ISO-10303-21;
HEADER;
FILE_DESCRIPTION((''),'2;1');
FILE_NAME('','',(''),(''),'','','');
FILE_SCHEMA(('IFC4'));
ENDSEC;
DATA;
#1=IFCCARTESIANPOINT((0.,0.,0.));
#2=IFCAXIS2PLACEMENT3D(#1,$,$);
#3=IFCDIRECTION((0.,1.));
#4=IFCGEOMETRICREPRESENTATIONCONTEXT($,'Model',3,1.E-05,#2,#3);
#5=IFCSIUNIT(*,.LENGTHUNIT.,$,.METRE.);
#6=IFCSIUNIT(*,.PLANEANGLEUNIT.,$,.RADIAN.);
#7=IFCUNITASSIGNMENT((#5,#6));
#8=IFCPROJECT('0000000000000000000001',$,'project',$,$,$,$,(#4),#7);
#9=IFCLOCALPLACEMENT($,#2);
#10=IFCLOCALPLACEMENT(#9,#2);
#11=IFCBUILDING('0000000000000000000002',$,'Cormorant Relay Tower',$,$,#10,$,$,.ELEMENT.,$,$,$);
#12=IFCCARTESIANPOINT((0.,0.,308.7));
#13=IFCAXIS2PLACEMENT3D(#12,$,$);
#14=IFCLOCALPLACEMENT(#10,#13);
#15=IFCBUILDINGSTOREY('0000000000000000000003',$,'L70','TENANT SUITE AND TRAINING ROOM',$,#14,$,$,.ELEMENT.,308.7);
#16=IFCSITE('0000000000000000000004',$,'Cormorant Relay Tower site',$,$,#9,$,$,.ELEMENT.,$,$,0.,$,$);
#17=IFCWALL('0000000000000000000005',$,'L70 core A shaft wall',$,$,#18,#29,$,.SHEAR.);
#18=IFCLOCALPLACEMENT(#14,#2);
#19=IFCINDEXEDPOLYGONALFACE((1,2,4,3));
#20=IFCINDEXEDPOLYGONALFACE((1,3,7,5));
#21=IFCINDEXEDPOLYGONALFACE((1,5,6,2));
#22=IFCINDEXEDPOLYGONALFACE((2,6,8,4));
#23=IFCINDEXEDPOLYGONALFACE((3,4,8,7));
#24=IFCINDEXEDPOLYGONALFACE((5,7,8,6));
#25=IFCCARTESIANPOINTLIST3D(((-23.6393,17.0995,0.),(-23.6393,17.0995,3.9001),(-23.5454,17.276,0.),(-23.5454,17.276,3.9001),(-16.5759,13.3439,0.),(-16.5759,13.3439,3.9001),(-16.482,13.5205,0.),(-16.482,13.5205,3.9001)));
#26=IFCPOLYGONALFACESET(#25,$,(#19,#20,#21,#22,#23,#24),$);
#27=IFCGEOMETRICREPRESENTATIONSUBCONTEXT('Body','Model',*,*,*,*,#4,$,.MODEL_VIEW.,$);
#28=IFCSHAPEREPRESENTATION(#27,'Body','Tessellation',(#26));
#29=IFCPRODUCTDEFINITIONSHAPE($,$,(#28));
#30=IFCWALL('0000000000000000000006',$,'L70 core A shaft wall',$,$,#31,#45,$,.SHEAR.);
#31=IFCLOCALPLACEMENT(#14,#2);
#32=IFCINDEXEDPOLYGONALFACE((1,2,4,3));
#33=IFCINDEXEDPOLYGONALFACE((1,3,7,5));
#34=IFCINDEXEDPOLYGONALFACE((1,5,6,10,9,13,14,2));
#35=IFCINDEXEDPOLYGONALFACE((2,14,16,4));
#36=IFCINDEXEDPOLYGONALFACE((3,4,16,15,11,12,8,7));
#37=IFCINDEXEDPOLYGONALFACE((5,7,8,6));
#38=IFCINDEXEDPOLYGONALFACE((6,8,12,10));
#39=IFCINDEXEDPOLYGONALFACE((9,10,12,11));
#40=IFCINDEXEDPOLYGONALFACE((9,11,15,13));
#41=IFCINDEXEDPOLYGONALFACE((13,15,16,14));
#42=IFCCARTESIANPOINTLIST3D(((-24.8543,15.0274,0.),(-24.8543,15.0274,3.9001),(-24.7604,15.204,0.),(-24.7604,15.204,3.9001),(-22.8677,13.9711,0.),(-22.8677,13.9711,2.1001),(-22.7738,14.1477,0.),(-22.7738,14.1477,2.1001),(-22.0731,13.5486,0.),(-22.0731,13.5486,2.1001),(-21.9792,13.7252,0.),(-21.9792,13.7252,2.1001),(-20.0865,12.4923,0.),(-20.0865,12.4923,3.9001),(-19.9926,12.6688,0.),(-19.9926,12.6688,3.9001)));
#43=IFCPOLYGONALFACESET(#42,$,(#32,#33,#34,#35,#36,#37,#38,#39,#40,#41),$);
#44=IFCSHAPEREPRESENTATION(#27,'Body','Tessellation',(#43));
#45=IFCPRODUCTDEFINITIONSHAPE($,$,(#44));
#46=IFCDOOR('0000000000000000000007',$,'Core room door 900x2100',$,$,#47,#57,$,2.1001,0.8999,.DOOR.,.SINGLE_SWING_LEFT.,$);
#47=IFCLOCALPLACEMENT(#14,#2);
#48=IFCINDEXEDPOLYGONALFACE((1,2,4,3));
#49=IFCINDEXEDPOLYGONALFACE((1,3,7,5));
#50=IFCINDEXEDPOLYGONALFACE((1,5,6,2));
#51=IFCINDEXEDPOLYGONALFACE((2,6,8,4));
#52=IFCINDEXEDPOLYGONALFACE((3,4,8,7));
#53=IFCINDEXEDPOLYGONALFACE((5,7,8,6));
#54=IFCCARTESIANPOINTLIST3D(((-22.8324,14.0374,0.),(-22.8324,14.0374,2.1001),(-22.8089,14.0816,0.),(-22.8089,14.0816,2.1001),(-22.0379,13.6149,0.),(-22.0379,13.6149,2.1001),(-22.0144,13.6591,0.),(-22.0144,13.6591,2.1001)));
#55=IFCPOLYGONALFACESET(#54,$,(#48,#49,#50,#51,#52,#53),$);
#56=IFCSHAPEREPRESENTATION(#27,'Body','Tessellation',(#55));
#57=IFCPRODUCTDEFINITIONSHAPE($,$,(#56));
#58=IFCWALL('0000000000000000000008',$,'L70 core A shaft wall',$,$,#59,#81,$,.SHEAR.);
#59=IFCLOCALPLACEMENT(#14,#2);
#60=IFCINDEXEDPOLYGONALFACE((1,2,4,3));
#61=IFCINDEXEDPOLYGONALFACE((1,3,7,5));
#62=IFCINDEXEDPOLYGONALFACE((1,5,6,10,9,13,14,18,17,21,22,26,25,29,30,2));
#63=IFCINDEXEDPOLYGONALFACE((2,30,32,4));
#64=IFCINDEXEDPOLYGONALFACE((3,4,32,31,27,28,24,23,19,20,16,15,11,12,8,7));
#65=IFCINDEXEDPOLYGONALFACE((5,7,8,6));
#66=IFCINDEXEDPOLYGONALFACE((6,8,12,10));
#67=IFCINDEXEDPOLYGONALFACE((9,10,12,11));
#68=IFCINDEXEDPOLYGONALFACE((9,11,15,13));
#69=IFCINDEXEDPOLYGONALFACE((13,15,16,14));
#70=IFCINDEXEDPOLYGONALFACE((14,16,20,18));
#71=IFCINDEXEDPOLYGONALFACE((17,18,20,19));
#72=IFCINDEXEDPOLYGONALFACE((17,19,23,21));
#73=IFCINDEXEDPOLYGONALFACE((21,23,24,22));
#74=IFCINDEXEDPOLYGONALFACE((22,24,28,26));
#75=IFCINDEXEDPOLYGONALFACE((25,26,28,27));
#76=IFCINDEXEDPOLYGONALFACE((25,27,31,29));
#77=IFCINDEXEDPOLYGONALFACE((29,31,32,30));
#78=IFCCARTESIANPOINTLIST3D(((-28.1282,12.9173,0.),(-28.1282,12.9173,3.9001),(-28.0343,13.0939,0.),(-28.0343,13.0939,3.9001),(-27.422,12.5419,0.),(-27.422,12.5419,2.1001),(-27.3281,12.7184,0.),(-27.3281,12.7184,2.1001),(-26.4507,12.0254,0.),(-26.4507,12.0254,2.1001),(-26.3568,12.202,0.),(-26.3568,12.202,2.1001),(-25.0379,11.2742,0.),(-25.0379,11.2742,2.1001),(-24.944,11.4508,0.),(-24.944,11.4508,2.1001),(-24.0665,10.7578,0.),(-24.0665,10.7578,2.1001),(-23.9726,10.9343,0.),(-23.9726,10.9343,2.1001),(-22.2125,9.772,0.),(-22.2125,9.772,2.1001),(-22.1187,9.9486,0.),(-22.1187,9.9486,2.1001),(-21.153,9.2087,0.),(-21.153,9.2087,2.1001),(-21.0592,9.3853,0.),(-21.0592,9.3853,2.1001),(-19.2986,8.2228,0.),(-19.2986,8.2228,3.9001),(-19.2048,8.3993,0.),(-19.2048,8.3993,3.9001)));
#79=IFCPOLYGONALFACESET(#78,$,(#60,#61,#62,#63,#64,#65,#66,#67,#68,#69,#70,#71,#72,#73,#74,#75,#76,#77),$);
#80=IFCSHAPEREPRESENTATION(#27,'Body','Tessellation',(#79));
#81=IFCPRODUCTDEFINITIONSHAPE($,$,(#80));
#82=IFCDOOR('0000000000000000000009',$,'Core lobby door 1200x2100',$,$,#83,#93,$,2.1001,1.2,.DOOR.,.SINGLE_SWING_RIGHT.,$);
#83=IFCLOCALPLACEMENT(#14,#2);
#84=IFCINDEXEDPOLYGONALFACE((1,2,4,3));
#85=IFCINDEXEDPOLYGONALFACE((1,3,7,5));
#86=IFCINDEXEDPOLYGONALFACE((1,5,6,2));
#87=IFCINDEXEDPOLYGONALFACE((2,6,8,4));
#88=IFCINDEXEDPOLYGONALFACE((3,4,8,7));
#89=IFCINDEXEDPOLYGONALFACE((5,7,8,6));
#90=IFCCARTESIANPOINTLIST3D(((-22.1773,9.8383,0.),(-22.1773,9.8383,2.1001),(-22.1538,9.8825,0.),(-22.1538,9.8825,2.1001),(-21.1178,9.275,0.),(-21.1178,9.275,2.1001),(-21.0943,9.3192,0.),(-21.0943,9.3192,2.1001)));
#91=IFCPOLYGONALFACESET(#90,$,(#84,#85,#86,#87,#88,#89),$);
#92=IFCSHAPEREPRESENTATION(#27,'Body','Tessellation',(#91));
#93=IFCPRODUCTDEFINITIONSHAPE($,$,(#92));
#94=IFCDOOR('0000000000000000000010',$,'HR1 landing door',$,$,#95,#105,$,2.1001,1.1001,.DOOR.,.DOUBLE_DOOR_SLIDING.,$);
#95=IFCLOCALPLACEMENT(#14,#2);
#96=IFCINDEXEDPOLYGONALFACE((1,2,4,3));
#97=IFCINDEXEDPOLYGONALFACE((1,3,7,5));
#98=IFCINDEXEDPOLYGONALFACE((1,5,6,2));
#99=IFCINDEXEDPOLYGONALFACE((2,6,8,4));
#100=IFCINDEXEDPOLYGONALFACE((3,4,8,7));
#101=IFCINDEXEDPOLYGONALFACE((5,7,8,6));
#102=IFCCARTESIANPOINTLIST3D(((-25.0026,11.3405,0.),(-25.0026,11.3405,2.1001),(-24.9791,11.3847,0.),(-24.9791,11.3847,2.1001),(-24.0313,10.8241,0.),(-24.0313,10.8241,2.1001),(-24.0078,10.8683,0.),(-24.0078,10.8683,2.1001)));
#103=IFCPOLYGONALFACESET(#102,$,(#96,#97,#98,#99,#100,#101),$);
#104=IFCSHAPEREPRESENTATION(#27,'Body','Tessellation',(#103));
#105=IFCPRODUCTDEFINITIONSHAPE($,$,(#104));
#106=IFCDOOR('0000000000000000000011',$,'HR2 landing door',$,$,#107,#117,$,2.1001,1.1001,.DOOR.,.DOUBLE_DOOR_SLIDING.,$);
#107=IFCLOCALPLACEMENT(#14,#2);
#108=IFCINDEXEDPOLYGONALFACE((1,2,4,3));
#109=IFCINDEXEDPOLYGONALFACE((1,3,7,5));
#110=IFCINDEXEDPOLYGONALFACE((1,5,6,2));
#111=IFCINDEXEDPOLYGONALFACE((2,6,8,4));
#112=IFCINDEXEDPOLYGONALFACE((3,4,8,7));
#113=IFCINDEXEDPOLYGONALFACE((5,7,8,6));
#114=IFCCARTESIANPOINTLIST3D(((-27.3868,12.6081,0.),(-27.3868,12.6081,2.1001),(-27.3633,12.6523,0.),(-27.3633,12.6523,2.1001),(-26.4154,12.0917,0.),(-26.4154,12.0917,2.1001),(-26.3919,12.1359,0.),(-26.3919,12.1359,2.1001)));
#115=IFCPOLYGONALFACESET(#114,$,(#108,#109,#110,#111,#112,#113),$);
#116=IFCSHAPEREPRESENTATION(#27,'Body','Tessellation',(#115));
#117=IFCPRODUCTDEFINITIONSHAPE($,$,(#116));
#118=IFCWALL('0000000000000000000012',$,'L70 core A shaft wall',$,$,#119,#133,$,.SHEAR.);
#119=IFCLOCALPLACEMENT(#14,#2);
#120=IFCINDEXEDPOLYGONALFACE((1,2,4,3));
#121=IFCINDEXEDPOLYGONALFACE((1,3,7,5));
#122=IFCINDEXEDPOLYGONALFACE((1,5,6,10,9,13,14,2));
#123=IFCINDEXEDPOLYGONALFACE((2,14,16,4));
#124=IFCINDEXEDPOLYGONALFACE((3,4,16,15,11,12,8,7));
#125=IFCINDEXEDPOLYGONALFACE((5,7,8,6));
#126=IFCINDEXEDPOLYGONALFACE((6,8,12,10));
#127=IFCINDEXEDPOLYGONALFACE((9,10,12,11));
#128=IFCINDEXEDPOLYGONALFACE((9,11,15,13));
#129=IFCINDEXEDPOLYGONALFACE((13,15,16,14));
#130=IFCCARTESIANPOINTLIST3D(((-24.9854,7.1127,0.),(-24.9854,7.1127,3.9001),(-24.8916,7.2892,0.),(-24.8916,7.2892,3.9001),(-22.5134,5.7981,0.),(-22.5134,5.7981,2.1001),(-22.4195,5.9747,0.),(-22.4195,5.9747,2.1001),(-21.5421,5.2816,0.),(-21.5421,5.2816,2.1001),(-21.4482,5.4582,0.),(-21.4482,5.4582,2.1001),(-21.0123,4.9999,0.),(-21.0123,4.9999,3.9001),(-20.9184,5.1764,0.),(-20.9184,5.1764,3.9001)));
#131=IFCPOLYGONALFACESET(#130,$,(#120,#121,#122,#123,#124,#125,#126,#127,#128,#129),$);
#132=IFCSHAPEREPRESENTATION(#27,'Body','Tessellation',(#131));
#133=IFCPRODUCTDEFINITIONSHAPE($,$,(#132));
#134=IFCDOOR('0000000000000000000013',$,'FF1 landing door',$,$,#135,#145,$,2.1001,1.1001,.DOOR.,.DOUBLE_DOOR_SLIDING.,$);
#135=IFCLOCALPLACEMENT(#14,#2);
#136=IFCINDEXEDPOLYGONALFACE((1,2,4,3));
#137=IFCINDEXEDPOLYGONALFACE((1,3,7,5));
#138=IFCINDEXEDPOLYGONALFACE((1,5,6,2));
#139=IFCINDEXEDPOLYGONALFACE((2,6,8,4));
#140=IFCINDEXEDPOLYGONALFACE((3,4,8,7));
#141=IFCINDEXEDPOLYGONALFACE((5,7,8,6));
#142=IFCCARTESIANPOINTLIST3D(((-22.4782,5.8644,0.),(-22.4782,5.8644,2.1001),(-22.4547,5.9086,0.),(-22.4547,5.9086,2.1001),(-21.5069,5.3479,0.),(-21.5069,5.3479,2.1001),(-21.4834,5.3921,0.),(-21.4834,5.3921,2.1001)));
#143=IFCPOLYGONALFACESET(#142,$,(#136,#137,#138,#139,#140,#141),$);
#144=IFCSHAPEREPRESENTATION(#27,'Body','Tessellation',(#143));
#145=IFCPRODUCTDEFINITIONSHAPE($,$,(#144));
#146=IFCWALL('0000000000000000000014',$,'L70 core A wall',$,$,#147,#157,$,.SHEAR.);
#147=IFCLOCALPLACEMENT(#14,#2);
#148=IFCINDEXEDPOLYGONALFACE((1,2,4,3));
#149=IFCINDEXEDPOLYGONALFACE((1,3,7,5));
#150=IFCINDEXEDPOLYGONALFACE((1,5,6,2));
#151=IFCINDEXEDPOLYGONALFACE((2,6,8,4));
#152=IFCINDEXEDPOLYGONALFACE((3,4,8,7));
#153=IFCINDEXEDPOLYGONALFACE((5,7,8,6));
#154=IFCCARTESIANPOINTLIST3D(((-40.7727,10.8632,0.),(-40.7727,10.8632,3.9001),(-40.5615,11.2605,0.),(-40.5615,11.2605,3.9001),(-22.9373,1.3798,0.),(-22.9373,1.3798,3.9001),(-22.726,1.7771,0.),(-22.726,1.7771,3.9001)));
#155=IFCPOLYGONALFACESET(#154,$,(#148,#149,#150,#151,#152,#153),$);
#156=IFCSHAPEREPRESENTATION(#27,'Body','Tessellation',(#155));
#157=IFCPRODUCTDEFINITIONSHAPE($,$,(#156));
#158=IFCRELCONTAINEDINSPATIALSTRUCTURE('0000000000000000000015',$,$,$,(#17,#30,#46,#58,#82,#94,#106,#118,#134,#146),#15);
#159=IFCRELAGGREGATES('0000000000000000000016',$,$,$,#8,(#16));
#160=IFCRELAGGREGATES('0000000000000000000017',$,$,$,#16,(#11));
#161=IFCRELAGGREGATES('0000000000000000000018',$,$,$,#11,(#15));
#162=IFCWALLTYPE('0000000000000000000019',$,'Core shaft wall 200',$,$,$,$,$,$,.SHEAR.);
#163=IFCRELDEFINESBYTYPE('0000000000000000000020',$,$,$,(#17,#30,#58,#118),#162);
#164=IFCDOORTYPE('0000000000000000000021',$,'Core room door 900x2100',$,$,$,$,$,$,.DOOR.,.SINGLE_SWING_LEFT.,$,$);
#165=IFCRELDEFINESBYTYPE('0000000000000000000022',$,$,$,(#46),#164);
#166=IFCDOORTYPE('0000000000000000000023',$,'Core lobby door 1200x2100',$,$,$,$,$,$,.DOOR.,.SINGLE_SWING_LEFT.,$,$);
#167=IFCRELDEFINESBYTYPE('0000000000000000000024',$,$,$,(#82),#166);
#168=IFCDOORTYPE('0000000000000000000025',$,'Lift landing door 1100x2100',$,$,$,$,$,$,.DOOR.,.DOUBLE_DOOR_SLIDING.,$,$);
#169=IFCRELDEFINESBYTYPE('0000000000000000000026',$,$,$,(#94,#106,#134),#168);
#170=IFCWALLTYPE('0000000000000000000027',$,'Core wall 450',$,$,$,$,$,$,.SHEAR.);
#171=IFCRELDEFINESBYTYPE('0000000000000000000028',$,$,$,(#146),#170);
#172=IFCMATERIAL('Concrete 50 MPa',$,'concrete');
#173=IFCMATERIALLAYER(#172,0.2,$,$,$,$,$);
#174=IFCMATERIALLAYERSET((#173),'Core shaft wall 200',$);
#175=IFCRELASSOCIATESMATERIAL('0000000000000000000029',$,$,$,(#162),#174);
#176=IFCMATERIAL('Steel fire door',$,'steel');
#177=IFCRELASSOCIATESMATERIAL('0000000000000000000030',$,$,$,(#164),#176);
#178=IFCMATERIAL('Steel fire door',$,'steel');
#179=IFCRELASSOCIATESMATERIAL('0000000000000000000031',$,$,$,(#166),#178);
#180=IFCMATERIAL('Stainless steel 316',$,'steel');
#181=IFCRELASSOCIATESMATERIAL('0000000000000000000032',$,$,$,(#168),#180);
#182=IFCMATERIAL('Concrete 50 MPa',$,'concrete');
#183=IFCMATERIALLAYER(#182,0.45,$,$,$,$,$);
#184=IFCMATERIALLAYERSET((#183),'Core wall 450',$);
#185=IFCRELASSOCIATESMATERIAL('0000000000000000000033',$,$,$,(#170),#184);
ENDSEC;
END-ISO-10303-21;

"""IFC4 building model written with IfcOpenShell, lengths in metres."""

from ifc_helpers import new_model, si_unit, direction, frame, frame_2d, origin, place, context, subcontext, project, spatial, rectangle, extrude, material, layer, layer_set, type_object, element, fill, save


model = new_model("IFC4")

# Units and contexts
model_context = context("Model", 3, precision=1e-05, world=origin(), true_north=direction((0.0, 1.0)))
body_context = subcontext(model_context, "Body", "Model", "MODEL_VIEW")
ifc_project = project(units=[si_unit("LENGTHUNIT", "METRE"), si_unit("PLANEANGLEUNIT", "RADIAN")], contexts=[model_context])

# Site, building, storey
site_placement = place(None, origin())
site = spatial("IfcSite", under=ifc_project, at=site_placement, Name="Cormorant Relay Tower site", CompositionType="ELEMENT", RefElevation=0.0)
building_placement = place(site_placement, origin())
building = spatial("IfcBuilding", under=site, at=building_placement, Name="Cormorant Relay Tower", CompositionType="ELEMENT")
storey_placement = place(building_placement, frame((0.0, 0.0, 308.7)))
storey = spatial("IfcBuildingStorey", under=building, at=storey_placement, Name="L70", Description="TENANT SUITE AND TRAINING ROOM", CompositionType="ELEMENT", Elevation=308.7)

# Wall
ifc_material_1 = material(Name="Concrete 50 MPa", Category="concrete")
ifc_layer_1 = layer(ifc_material_1, 0.2)
ifc_layer_set_1 = layer_set([ifc_layer_1], Name="Core shaft wall 200")
wall_type_1 = type_object("IfcWallType", Name="Core shaft wall 200", PredefinedType="SHEAR", material=ifc_layer_set_1)
wall_1_placement = place(storey_placement, frame((-16.5288, 13.4321, 0.0), z_axis=(0.0, 0.0, 1.0), x_axis=(-0.882953, 0.469462, 0.0)))
element("IfcWall", 1, at=wall_1_placement, inside=storey, type_object=wall_type_1, Name="L70 core A shaft wall", PredefinedType="SHEAR", context=body_context, shape_type="SweptSolid", body=[
    extrude(rectangle(XDim=7.9998, YDim=0.2, at=frame_2d((4.0, 0.0))), origin(), (0.0, 0.0, 1.0), 3.9001),
])

# Wall, opening, door
wall_2_placement = place(storey_placement, frame((-20.0396, 12.5806, 0.0), z_axis=(0.0, 0.0, 1.0), x_axis=(-0.882943, 0.46948, 0.0)))
wall_2 = element("IfcWall", 2, at=wall_2_placement, inside=storey, type_object=wall_type_1, Name="L70 core A shaft wall", PredefinedType="SHEAR", context=body_context, shape_type="SweptSolid", body=[
    extrude(rectangle(XDim=5.3999, YDim=0.2, at=frame_2d((2.7, 0.0))), origin(), (0.0, 0.0, 1.0), 3.9001),
])
opening_1_placement = place(wall_2_placement, frame((2.25, 0.0, 0.0)))
opening_1 = element("IfcOpeningElement", 3, at=opening_1_placement, cuts=wall_2, PredefinedType="OPENING", context=body_context, shape_type="SweptSolid", body=[
    extrude(rectangle(XDim=0.8999, YDim=2.1001, at=frame_2d((0.45, 1.05))), frame((0.0, 0.1099, 0.0), z_axis=(0.0, -1.0, 0.0), x_axis=(1.0, 0.0, 0.0)), (0.0, 0.0, 1.0), 0.22),
])
ifc_material_2 = material(Name="Steel fire door", Category="steel")
door_type_1 = type_object("IfcDoorType", Name="Core room door 900x2100", OperationType="SINGLE_SWING_LEFT", PredefinedType="DOOR", material=ifc_material_2)
door_1_placement = place(opening_1_placement, origin())
door_1 = element("IfcDoor", 4, at=door_1_placement, inside=storey, type_object=door_type_1, Name="Core room door 900x2100", OperationType="SINGLE_SWING_LEFT", OverallHeight=2.1001, OverallWidth=0.8999, PredefinedType="DOOR", context=body_context, shape_type="SweptSolid", body=[
    extrude(rectangle(XDim=0.8999, YDim=2.1001, at=frame_2d((0.45, 1.05))), frame((0.0, 0.0249, 0.0), z_axis=(0.0, -1.0, 0.0), x_axis=(1.0, 0.0, 0.0)), (0.0, 0.0, 1.0), 0.05),
])
fill(opening_1, door_1)

# Wall, openings, doors
wall_3_placement = place(storey_placement, frame((-19.2517, 8.311, 0.0), z_axis=(0.0, 0.0, 1.0), x_axis=(-0.882956, 0.469456, 0.0)))
wall_3 = element("IfcWall", 5, at=wall_3_placement, inside=storey, type_object=wall_type_1, Name="L70 core A shaft wall", PredefinedType="SHEAR", context=body_context, shape_type="SweptSolid", body=[
    extrude(rectangle(XDim=10.0, YDim=0.2, at=frame_2d((5.0, 0.0))), origin(), (0.0, 0.0, 1.0), 3.9001),
])
opening_2_placement = place(wall_3_placement, frame((2.1001, 0.0, 0.0)))
opening_2 = element("IfcOpeningElement", 6, at=opening_2_placement, cuts=wall_3, PredefinedType="OPENING", context=body_context, shape_type="SweptSolid", body=[
    extrude(rectangle(XDim=1.2, YDim=2.1001, at=frame_2d((0.6001, 1.05))), frame((0.0, 0.1099, 0.0), z_axis=(0.0, -1.0, 0.0), x_axis=(1.0, 0.0, 0.0)), (0.0, 0.0, 1.0), 0.22),
])
opening_3_placement = place(wall_3_placement, frame((5.3999, 0.0, 0.0)))
opening_3 = element("IfcOpeningElement", 7, at=opening_3_placement, cuts=wall_3, PredefinedType="OPENING", context=body_context, shape_type="SweptSolid", body=[
    extrude(rectangle(XDim=1.1001, YDim=2.1001, at=frame_2d((0.55, 1.05))), frame((0.0, 0.1099, 0.0), z_axis=(0.0, -1.0, 0.0), x_axis=(1.0, 0.0, 0.0)), (0.0, 0.0, 1.0), 0.22),
])
opening_4_placement = place(wall_3_placement, frame((8.1001, 0.0, 0.0)))
opening_4 = element("IfcOpeningElement", 8, at=opening_4_placement, cuts=wall_3, PredefinedType="OPENING", context=body_context, shape_type="SweptSolid", body=[
    extrude(rectangle(XDim=1.1001, YDim=2.1001, at=frame_2d((0.55, 1.05))), frame((0.0, 0.1099, 0.0), z_axis=(0.0, -1.0, 0.0), x_axis=(1.0, 0.0, 0.0)), (0.0, 0.0, 1.0), 0.22),
])
ifc_material_3 = material(Name="Steel fire door", Category="steel")
door_type_2 = type_object("IfcDoorType", Name="Core lobby door 1200x2100", OperationType="SINGLE_SWING_LEFT", PredefinedType="DOOR", material=ifc_material_3)
door_2_placement = place(opening_2_placement, origin())
door_2 = element("IfcDoor", 9, at=door_2_placement, inside=storey, type_object=door_type_2, Name="Core lobby door 1200x2100", OperationType="SINGLE_SWING_RIGHT", OverallHeight=2.1001, OverallWidth=1.2, PredefinedType="DOOR", context=body_context, shape_type="SweptSolid", body=[
    extrude(rectangle(XDim=1.2, YDim=2.1001, at=frame_2d((0.6001, 1.05))), frame((0.0, 0.0249, 0.0), z_axis=(0.0, -1.0, 0.0), x_axis=(1.0, 0.0, 0.0)), (0.0, 0.0, 1.0), 0.05),
])
fill(opening_2, door_2)
ifc_material_4 = material(Name="Stainless steel 316", Category="steel")
door_type_3 = type_object("IfcDoorType", Name="Lift landing door 1100x2100", OperationType="DOUBLE_DOOR_SLIDING", PredefinedType="DOOR", material=ifc_material_4)
door_3_placement = place(opening_3_placement, origin())
door_3 = element("IfcDoor", 10, at=door_3_placement, inside=storey, type_object=door_type_3, Name="HR1 landing door", OperationType="DOUBLE_DOOR_SLIDING", OverallHeight=2.1001, OverallWidth=1.1001, PredefinedType="DOOR", context=body_context, shape_type="SweptSolid", body=[
    extrude(rectangle(XDim=1.1001, YDim=2.1001, at=frame_2d((0.55, 1.05))), frame((0.0, 0.0249, 0.0), z_axis=(0.0, -1.0, 0.0), x_axis=(1.0, 0.0, 0.0)), (0.0, 0.0, 1.0), 0.05),
])
fill(opening_3, door_3)
door_4_placement = place(opening_4_placement, origin())
door_4 = element("IfcDoor", 11, at=door_4_placement, inside=storey, type_object=door_type_3, Name="HR2 landing door", OperationType="DOUBLE_DOOR_SLIDING", OverallHeight=2.1001, OverallWidth=1.1001, PredefinedType="DOOR", context=body_context, shape_type="SweptSolid", body=[
    extrude(rectangle(XDim=1.1001, YDim=2.1001, at=frame_2d((0.55, 1.05))), frame((0.0, 0.0249, 0.0), z_axis=(0.0, -1.0, 0.0), x_axis=(1.0, 0.0, 0.0)), (0.0, 0.0, 1.0), 0.05),
])
fill(opening_4, door_4)

# Wall, opening, door
wall_4_placement = place(storey_placement, frame((-20.9653, 5.0881, 0.0), z_axis=(0.0, 0.0, 1.0), x_axis=(-0.882926, 0.469512, 0.0)))
wall_4 = element("IfcWall", 12, at=wall_4_placement, inside=storey, type_object=wall_type_1, Name="L70 core A shaft wall", PredefinedType="SHEAR", context=body_context, shape_type="SweptSolid", body=[
    extrude(rectangle(XDim=4.5, YDim=0.2, at=frame_2d((2.25, 0.0))), origin(), (0.0, 0.0, 1.0), 3.9001),
])
opening_5_placement = place(wall_4_placement, frame((0.6001, 0.0, 0.0)))
opening_5 = element("IfcOpeningElement", 13, at=opening_5_placement, cuts=wall_4, PredefinedType="OPENING", context=body_context, shape_type="SweptSolid", body=[
    extrude(rectangle(XDim=1.1001, YDim=2.1001, at=frame_2d((0.55, 1.05))), frame((0.0, 0.1099, 0.0), z_axis=(0.0, -1.0, 0.0), x_axis=(1.0, 0.0, 0.0)), (0.0, 0.0, 1.0), 0.22),
])
door_5_placement = place(opening_5_placement, origin())
door_5 = element("IfcDoor", 14, at=door_5_placement, inside=storey, type_object=door_type_3, Name="FF1 landing door", OperationType="DOUBLE_DOOR_SLIDING", OverallHeight=2.1001, OverallWidth=1.1001, PredefinedType="DOOR", context=body_context, shape_type="SweptSolid", body=[
    extrude(rectangle(XDim=1.1001, YDim=2.1001, at=frame_2d((0.55, 1.05))), frame((0.0, 0.0249, 0.0), z_axis=(0.0, -1.0, 0.0), x_axis=(1.0, 0.0, 0.0)), (0.0, 0.0, 1.0), 0.05),
])
fill(opening_5, door_5)

# Wall
ifc_material_5 = material(Name="Concrete 50 MPa", Category="concrete")
ifc_layer_2 = layer(ifc_material_5, 0.45)
ifc_layer_set_2 = layer_set([ifc_layer_2], Name="Core wall 450")
wall_type_2 = type_object("IfcWallType", Name="Core wall 450", PredefinedType="SHEAR", material=ifc_layer_set_2)
wall_5_placement = place(storey_placement, frame((-22.8315, 1.5784, 0.0), z_axis=(0.0, 0.0, 1.0), x_axis=(-0.882945, 0.469476, 0.0)))
element("IfcWall", 15, at=wall_5_placement, inside=storey, type_object=wall_type_2, Name="L70 core A wall", PredefinedType="SHEAR", context=body_context, shape_type="SweptSolid", body=[
    extrude(rectangle(XDim=20.2, YDim=0.45, at=frame_2d((10.1001, 0.0))), origin(), (0.0, 0.0, 1.0), 3.9001),
])

save(model, "model.ifc")
